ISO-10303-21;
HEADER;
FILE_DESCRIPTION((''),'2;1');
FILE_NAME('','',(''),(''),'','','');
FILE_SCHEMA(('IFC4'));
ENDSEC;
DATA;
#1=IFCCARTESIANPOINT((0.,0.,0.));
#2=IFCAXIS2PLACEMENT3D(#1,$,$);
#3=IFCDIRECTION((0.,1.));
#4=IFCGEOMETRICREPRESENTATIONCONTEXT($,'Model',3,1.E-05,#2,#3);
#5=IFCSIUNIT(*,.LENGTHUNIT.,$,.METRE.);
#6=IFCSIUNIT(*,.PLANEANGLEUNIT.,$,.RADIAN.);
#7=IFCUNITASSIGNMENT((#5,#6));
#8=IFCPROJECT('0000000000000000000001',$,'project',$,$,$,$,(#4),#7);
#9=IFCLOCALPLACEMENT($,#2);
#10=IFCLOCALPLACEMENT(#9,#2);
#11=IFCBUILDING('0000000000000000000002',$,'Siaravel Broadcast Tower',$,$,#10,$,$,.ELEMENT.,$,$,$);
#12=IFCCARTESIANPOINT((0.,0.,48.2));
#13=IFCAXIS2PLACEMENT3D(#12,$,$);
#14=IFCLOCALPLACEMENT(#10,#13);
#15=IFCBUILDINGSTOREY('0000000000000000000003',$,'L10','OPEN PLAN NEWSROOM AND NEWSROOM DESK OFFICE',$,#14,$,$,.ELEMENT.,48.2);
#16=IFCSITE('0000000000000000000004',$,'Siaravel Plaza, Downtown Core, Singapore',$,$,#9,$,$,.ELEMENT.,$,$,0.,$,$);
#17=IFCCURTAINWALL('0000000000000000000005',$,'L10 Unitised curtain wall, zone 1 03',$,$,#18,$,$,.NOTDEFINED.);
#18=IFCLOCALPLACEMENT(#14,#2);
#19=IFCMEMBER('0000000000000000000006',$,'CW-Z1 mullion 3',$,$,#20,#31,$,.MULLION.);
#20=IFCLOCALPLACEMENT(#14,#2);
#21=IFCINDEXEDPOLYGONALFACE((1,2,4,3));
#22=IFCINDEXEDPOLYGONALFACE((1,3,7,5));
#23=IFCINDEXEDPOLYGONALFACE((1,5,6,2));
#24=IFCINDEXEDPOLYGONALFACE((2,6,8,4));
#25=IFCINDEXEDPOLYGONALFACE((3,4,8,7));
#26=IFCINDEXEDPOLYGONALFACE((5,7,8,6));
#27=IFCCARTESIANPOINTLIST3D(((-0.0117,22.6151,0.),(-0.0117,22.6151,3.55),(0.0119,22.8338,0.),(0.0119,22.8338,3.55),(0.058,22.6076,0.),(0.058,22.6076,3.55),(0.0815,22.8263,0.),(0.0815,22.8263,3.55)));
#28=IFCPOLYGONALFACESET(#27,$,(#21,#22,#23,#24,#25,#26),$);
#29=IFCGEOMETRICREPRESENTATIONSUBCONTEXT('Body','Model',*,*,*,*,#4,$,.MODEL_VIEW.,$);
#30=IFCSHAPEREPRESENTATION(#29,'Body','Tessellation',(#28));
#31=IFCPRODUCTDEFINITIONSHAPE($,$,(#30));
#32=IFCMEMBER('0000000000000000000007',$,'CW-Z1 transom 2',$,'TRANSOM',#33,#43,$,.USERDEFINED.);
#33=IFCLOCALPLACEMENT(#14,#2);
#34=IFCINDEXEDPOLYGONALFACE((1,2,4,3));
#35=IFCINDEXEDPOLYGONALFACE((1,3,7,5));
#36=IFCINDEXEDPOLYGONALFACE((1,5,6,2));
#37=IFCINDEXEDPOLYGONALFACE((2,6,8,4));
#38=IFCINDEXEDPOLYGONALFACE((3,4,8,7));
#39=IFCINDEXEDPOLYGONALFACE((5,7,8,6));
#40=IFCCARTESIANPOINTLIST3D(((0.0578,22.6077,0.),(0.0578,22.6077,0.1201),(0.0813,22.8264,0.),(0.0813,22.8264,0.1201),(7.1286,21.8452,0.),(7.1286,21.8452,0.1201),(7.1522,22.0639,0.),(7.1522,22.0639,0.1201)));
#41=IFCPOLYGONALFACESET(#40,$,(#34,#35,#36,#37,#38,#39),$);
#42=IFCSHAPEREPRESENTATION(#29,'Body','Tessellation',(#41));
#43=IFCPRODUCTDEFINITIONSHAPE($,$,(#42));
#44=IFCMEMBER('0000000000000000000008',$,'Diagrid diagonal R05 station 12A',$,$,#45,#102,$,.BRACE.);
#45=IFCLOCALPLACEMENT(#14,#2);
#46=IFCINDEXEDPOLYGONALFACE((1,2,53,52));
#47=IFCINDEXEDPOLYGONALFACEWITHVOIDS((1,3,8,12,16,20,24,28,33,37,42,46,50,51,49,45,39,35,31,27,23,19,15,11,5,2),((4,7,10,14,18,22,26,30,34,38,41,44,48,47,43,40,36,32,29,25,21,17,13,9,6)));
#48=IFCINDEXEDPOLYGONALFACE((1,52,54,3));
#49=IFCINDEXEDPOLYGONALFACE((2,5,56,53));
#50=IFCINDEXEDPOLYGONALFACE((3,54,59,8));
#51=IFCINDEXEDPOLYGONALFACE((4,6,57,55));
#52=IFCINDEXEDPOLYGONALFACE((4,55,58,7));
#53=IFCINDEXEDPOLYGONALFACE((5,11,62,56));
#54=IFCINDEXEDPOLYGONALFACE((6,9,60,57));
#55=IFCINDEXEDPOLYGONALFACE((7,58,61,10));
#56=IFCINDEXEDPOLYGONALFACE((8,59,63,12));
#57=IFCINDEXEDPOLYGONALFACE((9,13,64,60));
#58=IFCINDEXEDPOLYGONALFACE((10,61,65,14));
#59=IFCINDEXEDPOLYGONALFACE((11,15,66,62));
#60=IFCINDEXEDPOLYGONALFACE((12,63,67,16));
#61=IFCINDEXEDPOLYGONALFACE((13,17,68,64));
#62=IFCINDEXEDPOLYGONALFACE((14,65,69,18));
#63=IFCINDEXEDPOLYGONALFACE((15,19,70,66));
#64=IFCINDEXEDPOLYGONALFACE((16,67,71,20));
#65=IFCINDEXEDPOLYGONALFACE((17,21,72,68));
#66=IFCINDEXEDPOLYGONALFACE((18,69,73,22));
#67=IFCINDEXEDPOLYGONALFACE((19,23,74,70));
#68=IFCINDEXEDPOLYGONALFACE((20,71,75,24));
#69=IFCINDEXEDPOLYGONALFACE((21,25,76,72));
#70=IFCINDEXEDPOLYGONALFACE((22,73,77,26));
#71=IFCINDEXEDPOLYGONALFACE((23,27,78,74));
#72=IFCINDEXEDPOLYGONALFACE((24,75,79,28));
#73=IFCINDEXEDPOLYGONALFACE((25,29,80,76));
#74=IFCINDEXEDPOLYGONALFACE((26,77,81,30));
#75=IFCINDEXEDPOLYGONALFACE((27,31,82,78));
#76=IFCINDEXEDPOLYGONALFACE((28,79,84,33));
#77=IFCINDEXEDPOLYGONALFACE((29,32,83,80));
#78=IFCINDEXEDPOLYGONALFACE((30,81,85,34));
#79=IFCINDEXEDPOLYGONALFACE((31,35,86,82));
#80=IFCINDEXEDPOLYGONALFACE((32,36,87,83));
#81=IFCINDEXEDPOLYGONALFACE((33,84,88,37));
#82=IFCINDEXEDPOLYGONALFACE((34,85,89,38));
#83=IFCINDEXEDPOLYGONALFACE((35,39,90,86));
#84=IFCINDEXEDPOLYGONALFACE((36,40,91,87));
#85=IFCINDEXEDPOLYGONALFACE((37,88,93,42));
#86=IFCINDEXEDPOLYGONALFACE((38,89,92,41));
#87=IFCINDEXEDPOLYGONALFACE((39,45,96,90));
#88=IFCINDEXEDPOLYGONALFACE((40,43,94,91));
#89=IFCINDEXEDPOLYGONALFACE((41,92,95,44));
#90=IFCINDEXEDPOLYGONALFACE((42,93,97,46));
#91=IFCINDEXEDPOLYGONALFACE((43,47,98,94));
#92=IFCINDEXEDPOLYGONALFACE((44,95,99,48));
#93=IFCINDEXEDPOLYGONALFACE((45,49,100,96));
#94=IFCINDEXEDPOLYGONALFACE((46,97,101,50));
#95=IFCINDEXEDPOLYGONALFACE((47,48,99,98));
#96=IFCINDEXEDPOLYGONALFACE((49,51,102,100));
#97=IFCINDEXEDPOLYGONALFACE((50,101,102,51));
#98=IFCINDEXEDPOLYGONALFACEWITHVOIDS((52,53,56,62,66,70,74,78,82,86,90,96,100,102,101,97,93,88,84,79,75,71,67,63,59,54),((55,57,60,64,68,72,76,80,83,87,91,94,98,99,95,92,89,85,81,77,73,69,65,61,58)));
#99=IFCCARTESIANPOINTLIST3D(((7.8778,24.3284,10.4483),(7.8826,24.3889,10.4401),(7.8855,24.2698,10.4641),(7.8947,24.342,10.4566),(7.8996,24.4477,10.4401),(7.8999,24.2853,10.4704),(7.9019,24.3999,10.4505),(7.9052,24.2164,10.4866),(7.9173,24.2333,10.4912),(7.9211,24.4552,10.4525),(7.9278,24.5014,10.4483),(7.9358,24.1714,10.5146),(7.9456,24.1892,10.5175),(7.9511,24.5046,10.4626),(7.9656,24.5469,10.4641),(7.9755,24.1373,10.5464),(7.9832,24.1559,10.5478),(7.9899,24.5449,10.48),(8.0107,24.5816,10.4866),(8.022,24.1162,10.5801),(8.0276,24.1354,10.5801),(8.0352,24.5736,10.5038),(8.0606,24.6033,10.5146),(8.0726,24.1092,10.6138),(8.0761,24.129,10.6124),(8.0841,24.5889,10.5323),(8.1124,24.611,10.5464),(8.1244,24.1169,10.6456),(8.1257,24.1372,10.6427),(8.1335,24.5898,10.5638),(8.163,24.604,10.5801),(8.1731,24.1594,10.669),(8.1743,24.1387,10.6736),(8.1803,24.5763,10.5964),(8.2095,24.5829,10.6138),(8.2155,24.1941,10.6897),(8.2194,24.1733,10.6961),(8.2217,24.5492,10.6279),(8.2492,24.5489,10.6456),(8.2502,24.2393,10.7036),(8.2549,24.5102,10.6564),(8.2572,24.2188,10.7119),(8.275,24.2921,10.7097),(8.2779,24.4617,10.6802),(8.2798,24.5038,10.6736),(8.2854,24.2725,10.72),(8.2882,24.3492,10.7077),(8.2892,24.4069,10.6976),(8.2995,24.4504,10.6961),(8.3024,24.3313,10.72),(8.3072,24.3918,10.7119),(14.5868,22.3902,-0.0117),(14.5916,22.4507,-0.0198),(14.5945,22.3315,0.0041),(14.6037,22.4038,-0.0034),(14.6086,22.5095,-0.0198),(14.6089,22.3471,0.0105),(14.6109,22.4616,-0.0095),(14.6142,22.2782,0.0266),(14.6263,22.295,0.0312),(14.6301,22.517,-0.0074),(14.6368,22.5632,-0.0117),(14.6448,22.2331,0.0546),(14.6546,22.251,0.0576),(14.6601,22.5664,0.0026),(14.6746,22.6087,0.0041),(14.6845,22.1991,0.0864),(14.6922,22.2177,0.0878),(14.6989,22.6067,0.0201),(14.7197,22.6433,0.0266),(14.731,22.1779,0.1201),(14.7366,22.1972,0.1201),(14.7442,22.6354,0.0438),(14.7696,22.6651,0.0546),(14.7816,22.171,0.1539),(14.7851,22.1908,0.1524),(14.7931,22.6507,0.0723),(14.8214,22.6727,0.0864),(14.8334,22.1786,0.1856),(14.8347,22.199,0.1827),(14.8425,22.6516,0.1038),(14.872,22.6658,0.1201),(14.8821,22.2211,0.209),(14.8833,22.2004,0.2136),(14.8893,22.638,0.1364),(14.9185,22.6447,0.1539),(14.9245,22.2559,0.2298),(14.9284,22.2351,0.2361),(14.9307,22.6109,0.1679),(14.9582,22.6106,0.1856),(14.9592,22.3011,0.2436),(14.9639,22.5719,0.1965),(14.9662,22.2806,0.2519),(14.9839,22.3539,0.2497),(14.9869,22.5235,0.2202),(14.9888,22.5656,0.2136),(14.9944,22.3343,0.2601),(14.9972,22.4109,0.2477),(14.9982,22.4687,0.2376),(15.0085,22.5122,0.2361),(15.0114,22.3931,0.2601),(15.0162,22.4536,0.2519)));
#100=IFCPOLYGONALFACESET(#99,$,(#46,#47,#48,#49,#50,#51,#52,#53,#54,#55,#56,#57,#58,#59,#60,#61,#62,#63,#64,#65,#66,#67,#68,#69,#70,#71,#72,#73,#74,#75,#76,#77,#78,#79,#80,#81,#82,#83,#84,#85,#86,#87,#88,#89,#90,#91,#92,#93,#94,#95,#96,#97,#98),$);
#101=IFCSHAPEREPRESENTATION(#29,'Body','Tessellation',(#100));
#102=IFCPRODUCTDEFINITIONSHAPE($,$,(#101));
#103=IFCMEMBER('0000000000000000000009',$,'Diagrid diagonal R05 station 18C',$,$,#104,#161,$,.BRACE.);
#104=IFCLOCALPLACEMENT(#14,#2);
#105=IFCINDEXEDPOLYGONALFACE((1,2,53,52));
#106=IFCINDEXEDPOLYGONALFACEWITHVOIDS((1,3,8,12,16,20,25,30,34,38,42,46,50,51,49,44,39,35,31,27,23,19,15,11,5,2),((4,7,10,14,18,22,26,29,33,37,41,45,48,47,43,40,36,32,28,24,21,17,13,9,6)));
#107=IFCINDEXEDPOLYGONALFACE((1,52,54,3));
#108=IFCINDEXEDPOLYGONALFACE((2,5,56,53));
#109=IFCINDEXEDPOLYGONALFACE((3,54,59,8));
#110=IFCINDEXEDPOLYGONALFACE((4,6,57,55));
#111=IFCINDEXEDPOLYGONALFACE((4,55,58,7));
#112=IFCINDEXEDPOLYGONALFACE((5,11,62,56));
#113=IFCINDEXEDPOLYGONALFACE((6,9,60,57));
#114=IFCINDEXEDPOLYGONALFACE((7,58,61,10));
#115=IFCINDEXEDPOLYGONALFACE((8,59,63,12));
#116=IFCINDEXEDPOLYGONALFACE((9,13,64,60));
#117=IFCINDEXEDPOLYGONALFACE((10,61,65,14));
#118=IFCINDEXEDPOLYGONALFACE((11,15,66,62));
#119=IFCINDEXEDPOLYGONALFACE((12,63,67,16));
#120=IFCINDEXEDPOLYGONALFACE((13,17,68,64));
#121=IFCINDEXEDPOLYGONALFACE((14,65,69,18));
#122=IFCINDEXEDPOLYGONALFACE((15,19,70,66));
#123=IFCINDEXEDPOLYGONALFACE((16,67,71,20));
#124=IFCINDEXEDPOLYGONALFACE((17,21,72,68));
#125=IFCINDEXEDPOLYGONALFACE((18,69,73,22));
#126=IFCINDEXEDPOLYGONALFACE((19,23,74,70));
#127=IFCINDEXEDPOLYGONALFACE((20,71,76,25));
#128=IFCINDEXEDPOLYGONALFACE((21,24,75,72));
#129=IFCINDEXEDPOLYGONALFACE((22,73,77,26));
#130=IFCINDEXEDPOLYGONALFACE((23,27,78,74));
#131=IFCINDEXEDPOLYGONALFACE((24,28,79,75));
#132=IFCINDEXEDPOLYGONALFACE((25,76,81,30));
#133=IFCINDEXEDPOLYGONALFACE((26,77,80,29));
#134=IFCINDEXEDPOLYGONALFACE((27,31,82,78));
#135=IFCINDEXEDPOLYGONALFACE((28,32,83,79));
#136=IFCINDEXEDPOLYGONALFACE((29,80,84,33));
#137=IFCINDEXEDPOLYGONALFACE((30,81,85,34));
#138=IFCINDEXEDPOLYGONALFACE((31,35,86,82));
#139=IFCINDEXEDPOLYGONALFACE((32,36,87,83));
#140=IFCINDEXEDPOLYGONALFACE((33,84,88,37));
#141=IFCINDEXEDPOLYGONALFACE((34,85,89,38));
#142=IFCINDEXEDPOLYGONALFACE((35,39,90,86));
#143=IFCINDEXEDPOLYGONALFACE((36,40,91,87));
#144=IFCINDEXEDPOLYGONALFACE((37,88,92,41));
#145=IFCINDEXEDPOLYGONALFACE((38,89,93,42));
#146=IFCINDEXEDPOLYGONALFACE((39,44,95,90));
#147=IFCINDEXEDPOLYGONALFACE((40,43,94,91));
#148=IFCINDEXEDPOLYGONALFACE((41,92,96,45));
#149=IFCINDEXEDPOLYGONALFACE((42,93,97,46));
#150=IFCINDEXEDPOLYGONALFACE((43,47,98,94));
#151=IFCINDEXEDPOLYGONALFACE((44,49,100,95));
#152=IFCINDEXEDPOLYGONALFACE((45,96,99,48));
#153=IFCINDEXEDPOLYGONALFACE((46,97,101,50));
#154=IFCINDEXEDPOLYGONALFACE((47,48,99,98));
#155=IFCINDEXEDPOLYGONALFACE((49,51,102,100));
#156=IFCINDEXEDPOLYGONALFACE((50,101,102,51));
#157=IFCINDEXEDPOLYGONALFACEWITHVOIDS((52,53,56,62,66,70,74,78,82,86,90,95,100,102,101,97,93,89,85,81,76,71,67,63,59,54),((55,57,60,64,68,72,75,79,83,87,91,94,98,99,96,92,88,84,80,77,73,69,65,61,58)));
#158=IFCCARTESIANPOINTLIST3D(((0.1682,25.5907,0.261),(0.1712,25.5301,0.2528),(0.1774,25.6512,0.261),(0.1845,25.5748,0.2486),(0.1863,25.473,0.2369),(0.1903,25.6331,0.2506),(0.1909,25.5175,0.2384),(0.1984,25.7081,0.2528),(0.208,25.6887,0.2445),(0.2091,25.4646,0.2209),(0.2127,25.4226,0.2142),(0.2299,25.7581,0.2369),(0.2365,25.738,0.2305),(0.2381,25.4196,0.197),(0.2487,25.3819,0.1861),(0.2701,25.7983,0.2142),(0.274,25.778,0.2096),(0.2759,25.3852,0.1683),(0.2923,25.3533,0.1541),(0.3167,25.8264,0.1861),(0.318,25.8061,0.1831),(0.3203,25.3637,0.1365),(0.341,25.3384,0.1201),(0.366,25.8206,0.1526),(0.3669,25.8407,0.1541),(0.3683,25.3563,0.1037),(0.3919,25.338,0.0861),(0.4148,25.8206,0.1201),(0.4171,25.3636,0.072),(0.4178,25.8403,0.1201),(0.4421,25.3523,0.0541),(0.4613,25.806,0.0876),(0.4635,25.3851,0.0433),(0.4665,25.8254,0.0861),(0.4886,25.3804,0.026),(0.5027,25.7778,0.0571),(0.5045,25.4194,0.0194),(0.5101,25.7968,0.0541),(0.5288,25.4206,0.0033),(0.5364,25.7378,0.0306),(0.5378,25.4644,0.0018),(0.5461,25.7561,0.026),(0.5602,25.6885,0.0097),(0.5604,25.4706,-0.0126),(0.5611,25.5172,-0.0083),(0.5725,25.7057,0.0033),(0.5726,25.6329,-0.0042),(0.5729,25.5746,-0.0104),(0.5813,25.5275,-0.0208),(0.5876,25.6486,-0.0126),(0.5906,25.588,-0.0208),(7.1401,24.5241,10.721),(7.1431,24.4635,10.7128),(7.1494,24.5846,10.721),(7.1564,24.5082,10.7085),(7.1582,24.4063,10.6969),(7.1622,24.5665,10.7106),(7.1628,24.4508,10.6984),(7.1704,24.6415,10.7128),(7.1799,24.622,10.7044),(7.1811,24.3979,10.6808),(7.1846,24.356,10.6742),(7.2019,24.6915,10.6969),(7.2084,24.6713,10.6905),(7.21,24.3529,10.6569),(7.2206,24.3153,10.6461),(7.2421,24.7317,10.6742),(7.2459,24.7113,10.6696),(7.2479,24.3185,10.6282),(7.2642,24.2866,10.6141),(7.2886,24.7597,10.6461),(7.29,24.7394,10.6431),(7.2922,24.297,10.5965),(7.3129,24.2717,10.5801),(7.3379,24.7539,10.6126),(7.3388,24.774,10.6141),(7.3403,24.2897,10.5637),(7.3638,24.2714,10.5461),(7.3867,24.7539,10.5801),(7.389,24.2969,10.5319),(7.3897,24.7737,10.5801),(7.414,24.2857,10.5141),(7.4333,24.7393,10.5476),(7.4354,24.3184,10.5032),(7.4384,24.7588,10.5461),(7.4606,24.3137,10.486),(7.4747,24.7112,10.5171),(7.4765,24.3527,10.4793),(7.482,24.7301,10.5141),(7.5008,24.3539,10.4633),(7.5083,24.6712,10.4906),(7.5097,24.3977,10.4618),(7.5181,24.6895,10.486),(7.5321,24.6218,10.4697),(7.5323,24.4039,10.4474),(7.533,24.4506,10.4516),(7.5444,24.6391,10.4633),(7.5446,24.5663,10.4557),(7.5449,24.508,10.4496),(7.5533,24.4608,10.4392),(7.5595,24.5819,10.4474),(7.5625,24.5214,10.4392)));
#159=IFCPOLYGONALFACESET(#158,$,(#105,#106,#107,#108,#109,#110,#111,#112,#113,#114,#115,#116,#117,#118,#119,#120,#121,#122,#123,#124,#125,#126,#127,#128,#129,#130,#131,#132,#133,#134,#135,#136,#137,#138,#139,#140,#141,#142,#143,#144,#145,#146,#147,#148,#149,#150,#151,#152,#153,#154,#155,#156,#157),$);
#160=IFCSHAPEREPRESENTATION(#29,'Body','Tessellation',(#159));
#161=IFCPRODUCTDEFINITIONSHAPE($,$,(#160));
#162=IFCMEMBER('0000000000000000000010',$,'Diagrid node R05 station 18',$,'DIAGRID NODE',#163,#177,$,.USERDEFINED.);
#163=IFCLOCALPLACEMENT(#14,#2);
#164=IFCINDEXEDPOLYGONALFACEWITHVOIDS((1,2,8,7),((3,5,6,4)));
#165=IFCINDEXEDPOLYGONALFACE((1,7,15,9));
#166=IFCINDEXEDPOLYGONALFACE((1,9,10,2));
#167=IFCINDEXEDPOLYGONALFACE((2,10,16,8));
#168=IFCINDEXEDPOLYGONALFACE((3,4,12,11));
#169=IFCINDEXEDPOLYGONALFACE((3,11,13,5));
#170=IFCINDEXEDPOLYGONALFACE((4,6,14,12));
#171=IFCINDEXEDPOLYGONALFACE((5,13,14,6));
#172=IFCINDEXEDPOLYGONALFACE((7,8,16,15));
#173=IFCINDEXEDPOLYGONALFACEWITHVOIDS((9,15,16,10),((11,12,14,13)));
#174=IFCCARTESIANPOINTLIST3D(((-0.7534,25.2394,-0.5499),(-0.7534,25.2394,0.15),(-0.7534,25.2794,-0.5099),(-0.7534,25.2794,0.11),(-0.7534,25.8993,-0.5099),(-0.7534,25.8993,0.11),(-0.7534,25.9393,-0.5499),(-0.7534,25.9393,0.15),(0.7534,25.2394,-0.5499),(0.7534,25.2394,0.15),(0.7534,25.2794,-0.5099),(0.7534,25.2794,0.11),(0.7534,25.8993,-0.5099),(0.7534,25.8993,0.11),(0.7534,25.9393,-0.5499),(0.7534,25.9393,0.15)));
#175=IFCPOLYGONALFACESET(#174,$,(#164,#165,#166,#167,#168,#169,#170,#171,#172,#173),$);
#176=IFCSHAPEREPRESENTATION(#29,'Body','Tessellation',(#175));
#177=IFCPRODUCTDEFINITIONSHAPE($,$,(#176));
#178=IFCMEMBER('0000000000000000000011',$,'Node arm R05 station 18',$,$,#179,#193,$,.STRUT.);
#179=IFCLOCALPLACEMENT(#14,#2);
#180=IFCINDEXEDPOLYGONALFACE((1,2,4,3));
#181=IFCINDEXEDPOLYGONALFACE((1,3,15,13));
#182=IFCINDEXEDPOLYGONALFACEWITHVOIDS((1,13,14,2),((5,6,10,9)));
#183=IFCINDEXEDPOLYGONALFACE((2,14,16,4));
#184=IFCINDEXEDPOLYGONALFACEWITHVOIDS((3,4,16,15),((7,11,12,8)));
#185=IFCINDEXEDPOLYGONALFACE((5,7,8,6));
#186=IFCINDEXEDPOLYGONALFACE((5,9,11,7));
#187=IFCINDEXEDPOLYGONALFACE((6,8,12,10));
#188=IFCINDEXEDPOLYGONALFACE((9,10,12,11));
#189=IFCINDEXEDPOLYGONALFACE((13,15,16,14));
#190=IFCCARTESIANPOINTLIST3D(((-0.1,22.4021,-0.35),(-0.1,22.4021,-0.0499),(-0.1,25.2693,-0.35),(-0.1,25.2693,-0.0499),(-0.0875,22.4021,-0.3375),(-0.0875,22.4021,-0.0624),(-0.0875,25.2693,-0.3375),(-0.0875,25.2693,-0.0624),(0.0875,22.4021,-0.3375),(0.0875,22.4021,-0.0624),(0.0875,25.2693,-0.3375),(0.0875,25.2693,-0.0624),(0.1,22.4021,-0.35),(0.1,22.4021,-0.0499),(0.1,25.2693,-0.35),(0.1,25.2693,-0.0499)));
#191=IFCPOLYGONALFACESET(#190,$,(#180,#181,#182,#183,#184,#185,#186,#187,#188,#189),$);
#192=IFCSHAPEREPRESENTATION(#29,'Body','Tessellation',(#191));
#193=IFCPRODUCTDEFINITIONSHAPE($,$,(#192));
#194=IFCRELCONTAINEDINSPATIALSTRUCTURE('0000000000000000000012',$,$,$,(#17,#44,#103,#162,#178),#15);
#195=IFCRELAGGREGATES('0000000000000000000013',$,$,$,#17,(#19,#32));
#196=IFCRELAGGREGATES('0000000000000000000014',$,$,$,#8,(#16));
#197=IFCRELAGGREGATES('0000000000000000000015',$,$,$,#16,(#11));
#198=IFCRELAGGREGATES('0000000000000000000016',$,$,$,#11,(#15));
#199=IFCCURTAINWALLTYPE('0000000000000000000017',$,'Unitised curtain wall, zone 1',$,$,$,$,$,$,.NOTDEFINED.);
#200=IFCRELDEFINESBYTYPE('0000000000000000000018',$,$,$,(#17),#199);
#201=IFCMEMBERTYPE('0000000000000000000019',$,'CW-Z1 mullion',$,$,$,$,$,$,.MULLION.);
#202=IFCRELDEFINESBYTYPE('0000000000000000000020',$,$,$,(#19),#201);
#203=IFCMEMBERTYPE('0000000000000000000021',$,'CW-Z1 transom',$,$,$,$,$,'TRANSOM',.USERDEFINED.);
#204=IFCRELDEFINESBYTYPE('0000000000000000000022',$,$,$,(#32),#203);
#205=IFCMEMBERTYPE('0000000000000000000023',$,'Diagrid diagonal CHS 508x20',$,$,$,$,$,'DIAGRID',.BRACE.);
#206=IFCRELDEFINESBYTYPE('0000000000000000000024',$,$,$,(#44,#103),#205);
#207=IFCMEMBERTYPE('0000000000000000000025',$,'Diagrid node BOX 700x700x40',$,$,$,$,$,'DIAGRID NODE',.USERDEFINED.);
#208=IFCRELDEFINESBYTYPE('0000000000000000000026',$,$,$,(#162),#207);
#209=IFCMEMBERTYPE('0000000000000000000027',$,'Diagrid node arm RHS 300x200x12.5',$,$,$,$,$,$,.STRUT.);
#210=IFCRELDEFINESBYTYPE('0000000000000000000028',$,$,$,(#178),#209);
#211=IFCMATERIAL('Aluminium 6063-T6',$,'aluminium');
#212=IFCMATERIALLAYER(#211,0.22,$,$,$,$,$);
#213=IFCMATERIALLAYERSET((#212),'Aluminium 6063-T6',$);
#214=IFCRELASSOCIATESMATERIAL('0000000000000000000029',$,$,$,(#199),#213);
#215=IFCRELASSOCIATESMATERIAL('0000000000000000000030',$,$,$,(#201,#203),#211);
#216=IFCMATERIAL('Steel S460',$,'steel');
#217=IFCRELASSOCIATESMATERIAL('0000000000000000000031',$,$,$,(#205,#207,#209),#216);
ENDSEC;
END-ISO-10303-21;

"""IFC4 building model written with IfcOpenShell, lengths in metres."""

from ifc_helpers import new_model, si_unit, direction, frame, origin, origin_2d, place, context, subcontext, project, spatial, rectangle, hollow_rectangle, hollow_circle, extrude, material, layer, layer_set, material_profile, profile_set, type_object, element, aggregate, save


model = new_model("IFC4")

# Units and contexts
model_context = context("Model", 3, precision=1e-05, world=origin(), true_north=direction((0.0, 1.0)))
body_context = subcontext(model_context, "Body", "Model", "MODEL_VIEW")
ifc_project = project(units=[si_unit("LENGTHUNIT", "METRE"), si_unit("PLANEANGLEUNIT", "RADIAN")], contexts=[model_context])

# Site, building, storey
site_placement = place(None, origin())
site = spatial("IfcSite", under=ifc_project, at=site_placement, Name="Siaravel Plaza, Downtown Core, Singapore", CompositionType="ELEMENT", RefElevation=0.0)
building_placement = place(site_placement, origin())
building = spatial("IfcBuilding", under=site, at=building_placement, Name="Siaravel Broadcast Tower", CompositionType="ELEMENT")
storey_placement = place(building_placement, frame((0.0, 0.0, 48.2)))
storey = spatial("IfcBuildingStorey", under=building, at=storey_placement, Name="L10", Description="OPEN PLAN NEWSROOM AND NEWSROOM DESK OFFICE", CompositionType="ELEMENT", Elevation=48.2)

# Curtain wall, members
ifc_material_1 = material(Name="Aluminium 6063-T6", Category="aluminium")
ifc_layer_1 = layer(ifc_material_1, 0.22)
ifc_layer_set_1 = layer_set([ifc_layer_1], Name="Aluminium 6063-T6")
curtain_wall_type = type_object("IfcCurtainWallType", Name="Unitised curtain wall, zone 1", PredefinedType="NOTDEFINED", material=ifc_layer_set_1)
curtain_wall_placement = place(storey_placement, origin())
curtain_wall = element("IfcCurtainWall", 1, at=curtain_wall_placement, inside=storey, type_object=curtain_wall_type, Name="L10 Unitised curtain wall, zone 1 03", PredefinedType="NOTDEFINED")
ifc_material_profile_1 = material_profile(ifc_material_1, rectangle(XDim=0.22, YDim=0.0701, at=origin_2d()))
ifc_profile_set_1 = profile_set([ifc_material_profile_1], Name="Aluminium 6063-T6")
member_type_1 = type_object("IfcMemberType", Name="CW-Z1 mullion", PredefinedType="MULLION", material=ifc_profile_set_1)
member_1_placement = place(storey_placement, frame((0.0349, 22.7207, 0.0), z_axis=(0.0, 0.0, 1.0), x_axis=(-0.107218, -0.994236, 0.0)))
member_1 = element("IfcMember", 2, at=member_1_placement, type_object=member_type_1, Name="CW-Z1 mullion 3", PredefinedType="MULLION", context=body_context, shape_type="SweptSolid", body=[
    extrude(rectangle(XDim=0.22, YDim=0.0701, at=origin_2d()), origin(), (0.0, 0.0, 1.0), 3.55),
])
ifc_material_profile_2 = material_profile(ifc_material_1, rectangle(XDim=0.22, YDim=0.1201, at=origin_2d()))
ifc_profile_set_2 = profile_set([ifc_material_profile_2], Name="Aluminium 6063-T6")
member_type_2 = type_object("IfcMemberType", Name="CW-Z1 transom", ElementType="TRANSOM", PredefinedType="USERDEFINED", material=ifc_profile_set_2)
member_2_placement = place(storey_placement, frame((7.1404, 21.9546, 0.0601), z_axis=(-0.994236, 0.107209, 0.0), x_axis=(-0.107209, -0.994236, 0.0)))
member_2 = element("IfcMember", 3, at=member_2_placement, type_object=member_type_2, Name="CW-Z1 transom 2", ObjectType="TRANSOM", PredefinedType="USERDEFINED", context=body_context, shape_type="SweptSolid", body=[
    extrude(rectangle(XDim=0.22, YDim=0.1201, at=origin_2d()), origin(), (0.0, 0.0, 1.0), 7.1118),
])

# Members
ifc_material_2 = material(Name="Steel S460", Category="steel")
ifc_material_profile_3 = material_profile(ifc_material_2, hollow_circle(Radius=0.2539, WallThickness=0.02, at=origin_2d()))
ifc_profile_set_3 = profile_set([ifc_material_profile_3], Name="Steel S460")
member_type_3 = type_object("IfcMemberType", Name="Diagrid diagonal CHS 508x20", ElementType="DIAGRID", PredefinedType="BRACE", material=ifc_profile_set_3)
member_3_placement = place(storey_placement, frame((14.8015, 22.4219, 0.1201), z_axis=(-0.533438, 0.154111, 0.831681), x_axis=(-0.27755, -0.960711, 0.0)))
element("IfcMember", 4, at=member_3_placement, inside=storey, type_object=member_type_3, Name="Diagrid diagonal R05 station 12A", PredefinedType="BRACE", context=body_context, shape_type="SweptSolid", body=[
    extrude(hollow_circle(Radius=0.2539, WallThickness=0.02, at=origin_2d()), origin(), (0.0, 0.0, 1.0), 12.5769),
])
member_4_placement = place(storey_placement, frame((0.3794, 25.5894, 0.1201), z_axis=(0.552638, -0.084549, 0.829122), x_axis=(0.151233, 0.988498, 0.0)))
element("IfcMember", 5, at=member_4_placement, inside=storey, type_object=member_type_3, Name="Diagrid diagonal R05 station 18C", PredefinedType="BRACE", context=body_context, shape_type="SweptSolid", body=[
    extrude(hollow_circle(Radius=0.2539, WallThickness=0.02, at=origin_2d()), origin(), (0.0, 0.0, 1.0), 12.6157),
])
ifc_material_profile_4 = material_profile(ifc_material_2, hollow_rectangle(XDim=0.7, YDim=0.7, WallThickness=0.04, at=origin_2d()))
ifc_profile_set_4 = profile_set([ifc_material_profile_4], Name="Steel S460")
member_type_4 = type_object("IfcMemberType", Name="Diagrid node BOX 700x700x40", ElementType="DIAGRID NODE", PredefinedType="USERDEFINED", material=ifc_profile_set_4)
member_5_placement = place(storey_placement, frame((0.7534, 25.5894, -0.2), z_axis=(-1.0, 0.0, 0.0), x_axis=(0.0, -1.0, 0.0)))
element("IfcMember", 6, at=member_5_placement, inside=storey, type_object=member_type_4, Name="Diagrid node R05 station 18", ObjectType="DIAGRID NODE", PredefinedType="USERDEFINED", context=body_context, shape_type="SweptSolid", body=[
    extrude(hollow_rectangle(XDim=0.7, YDim=0.7, WallThickness=0.04, at=origin_2d()), origin(), (0.0, 0.0, 1.0), 1.5068),
])
ifc_material_profile_5 = material_profile(ifc_material_2, hollow_rectangle(XDim=0.2, YDim=0.3, WallThickness=0.0125, at=origin_2d()))
ifc_profile_set_5 = profile_set([ifc_material_profile_5], Name="Steel S460")
member_type_5 = type_object("IfcMemberType", Name="Diagrid node arm RHS 300x200x12.5", PredefinedType="STRUT", material=ifc_profile_set_5)
member_6_placement = place(storey_placement, frame((0.0, 22.4021, -0.2), z_axis=(0.0, 1.0, 0.0), x_axis=(-1.0, 0.0, 0.0)))
element("IfcMember", 7, at=member_6_placement, inside=storey, type_object=member_type_5, Name="Node arm R05 station 18", PredefinedType="STRUT", context=body_context, shape_type="SweptSolid", body=[
    extrude(hollow_rectangle(XDim=0.2, YDim=0.3, WallThickness=0.0125, at=origin_2d()), origin(), (0.0, 0.0, 1.0), 2.8672),
])

aggregate(curtain_wall, [member_1, member_2])

save(model, "model.ifc")
